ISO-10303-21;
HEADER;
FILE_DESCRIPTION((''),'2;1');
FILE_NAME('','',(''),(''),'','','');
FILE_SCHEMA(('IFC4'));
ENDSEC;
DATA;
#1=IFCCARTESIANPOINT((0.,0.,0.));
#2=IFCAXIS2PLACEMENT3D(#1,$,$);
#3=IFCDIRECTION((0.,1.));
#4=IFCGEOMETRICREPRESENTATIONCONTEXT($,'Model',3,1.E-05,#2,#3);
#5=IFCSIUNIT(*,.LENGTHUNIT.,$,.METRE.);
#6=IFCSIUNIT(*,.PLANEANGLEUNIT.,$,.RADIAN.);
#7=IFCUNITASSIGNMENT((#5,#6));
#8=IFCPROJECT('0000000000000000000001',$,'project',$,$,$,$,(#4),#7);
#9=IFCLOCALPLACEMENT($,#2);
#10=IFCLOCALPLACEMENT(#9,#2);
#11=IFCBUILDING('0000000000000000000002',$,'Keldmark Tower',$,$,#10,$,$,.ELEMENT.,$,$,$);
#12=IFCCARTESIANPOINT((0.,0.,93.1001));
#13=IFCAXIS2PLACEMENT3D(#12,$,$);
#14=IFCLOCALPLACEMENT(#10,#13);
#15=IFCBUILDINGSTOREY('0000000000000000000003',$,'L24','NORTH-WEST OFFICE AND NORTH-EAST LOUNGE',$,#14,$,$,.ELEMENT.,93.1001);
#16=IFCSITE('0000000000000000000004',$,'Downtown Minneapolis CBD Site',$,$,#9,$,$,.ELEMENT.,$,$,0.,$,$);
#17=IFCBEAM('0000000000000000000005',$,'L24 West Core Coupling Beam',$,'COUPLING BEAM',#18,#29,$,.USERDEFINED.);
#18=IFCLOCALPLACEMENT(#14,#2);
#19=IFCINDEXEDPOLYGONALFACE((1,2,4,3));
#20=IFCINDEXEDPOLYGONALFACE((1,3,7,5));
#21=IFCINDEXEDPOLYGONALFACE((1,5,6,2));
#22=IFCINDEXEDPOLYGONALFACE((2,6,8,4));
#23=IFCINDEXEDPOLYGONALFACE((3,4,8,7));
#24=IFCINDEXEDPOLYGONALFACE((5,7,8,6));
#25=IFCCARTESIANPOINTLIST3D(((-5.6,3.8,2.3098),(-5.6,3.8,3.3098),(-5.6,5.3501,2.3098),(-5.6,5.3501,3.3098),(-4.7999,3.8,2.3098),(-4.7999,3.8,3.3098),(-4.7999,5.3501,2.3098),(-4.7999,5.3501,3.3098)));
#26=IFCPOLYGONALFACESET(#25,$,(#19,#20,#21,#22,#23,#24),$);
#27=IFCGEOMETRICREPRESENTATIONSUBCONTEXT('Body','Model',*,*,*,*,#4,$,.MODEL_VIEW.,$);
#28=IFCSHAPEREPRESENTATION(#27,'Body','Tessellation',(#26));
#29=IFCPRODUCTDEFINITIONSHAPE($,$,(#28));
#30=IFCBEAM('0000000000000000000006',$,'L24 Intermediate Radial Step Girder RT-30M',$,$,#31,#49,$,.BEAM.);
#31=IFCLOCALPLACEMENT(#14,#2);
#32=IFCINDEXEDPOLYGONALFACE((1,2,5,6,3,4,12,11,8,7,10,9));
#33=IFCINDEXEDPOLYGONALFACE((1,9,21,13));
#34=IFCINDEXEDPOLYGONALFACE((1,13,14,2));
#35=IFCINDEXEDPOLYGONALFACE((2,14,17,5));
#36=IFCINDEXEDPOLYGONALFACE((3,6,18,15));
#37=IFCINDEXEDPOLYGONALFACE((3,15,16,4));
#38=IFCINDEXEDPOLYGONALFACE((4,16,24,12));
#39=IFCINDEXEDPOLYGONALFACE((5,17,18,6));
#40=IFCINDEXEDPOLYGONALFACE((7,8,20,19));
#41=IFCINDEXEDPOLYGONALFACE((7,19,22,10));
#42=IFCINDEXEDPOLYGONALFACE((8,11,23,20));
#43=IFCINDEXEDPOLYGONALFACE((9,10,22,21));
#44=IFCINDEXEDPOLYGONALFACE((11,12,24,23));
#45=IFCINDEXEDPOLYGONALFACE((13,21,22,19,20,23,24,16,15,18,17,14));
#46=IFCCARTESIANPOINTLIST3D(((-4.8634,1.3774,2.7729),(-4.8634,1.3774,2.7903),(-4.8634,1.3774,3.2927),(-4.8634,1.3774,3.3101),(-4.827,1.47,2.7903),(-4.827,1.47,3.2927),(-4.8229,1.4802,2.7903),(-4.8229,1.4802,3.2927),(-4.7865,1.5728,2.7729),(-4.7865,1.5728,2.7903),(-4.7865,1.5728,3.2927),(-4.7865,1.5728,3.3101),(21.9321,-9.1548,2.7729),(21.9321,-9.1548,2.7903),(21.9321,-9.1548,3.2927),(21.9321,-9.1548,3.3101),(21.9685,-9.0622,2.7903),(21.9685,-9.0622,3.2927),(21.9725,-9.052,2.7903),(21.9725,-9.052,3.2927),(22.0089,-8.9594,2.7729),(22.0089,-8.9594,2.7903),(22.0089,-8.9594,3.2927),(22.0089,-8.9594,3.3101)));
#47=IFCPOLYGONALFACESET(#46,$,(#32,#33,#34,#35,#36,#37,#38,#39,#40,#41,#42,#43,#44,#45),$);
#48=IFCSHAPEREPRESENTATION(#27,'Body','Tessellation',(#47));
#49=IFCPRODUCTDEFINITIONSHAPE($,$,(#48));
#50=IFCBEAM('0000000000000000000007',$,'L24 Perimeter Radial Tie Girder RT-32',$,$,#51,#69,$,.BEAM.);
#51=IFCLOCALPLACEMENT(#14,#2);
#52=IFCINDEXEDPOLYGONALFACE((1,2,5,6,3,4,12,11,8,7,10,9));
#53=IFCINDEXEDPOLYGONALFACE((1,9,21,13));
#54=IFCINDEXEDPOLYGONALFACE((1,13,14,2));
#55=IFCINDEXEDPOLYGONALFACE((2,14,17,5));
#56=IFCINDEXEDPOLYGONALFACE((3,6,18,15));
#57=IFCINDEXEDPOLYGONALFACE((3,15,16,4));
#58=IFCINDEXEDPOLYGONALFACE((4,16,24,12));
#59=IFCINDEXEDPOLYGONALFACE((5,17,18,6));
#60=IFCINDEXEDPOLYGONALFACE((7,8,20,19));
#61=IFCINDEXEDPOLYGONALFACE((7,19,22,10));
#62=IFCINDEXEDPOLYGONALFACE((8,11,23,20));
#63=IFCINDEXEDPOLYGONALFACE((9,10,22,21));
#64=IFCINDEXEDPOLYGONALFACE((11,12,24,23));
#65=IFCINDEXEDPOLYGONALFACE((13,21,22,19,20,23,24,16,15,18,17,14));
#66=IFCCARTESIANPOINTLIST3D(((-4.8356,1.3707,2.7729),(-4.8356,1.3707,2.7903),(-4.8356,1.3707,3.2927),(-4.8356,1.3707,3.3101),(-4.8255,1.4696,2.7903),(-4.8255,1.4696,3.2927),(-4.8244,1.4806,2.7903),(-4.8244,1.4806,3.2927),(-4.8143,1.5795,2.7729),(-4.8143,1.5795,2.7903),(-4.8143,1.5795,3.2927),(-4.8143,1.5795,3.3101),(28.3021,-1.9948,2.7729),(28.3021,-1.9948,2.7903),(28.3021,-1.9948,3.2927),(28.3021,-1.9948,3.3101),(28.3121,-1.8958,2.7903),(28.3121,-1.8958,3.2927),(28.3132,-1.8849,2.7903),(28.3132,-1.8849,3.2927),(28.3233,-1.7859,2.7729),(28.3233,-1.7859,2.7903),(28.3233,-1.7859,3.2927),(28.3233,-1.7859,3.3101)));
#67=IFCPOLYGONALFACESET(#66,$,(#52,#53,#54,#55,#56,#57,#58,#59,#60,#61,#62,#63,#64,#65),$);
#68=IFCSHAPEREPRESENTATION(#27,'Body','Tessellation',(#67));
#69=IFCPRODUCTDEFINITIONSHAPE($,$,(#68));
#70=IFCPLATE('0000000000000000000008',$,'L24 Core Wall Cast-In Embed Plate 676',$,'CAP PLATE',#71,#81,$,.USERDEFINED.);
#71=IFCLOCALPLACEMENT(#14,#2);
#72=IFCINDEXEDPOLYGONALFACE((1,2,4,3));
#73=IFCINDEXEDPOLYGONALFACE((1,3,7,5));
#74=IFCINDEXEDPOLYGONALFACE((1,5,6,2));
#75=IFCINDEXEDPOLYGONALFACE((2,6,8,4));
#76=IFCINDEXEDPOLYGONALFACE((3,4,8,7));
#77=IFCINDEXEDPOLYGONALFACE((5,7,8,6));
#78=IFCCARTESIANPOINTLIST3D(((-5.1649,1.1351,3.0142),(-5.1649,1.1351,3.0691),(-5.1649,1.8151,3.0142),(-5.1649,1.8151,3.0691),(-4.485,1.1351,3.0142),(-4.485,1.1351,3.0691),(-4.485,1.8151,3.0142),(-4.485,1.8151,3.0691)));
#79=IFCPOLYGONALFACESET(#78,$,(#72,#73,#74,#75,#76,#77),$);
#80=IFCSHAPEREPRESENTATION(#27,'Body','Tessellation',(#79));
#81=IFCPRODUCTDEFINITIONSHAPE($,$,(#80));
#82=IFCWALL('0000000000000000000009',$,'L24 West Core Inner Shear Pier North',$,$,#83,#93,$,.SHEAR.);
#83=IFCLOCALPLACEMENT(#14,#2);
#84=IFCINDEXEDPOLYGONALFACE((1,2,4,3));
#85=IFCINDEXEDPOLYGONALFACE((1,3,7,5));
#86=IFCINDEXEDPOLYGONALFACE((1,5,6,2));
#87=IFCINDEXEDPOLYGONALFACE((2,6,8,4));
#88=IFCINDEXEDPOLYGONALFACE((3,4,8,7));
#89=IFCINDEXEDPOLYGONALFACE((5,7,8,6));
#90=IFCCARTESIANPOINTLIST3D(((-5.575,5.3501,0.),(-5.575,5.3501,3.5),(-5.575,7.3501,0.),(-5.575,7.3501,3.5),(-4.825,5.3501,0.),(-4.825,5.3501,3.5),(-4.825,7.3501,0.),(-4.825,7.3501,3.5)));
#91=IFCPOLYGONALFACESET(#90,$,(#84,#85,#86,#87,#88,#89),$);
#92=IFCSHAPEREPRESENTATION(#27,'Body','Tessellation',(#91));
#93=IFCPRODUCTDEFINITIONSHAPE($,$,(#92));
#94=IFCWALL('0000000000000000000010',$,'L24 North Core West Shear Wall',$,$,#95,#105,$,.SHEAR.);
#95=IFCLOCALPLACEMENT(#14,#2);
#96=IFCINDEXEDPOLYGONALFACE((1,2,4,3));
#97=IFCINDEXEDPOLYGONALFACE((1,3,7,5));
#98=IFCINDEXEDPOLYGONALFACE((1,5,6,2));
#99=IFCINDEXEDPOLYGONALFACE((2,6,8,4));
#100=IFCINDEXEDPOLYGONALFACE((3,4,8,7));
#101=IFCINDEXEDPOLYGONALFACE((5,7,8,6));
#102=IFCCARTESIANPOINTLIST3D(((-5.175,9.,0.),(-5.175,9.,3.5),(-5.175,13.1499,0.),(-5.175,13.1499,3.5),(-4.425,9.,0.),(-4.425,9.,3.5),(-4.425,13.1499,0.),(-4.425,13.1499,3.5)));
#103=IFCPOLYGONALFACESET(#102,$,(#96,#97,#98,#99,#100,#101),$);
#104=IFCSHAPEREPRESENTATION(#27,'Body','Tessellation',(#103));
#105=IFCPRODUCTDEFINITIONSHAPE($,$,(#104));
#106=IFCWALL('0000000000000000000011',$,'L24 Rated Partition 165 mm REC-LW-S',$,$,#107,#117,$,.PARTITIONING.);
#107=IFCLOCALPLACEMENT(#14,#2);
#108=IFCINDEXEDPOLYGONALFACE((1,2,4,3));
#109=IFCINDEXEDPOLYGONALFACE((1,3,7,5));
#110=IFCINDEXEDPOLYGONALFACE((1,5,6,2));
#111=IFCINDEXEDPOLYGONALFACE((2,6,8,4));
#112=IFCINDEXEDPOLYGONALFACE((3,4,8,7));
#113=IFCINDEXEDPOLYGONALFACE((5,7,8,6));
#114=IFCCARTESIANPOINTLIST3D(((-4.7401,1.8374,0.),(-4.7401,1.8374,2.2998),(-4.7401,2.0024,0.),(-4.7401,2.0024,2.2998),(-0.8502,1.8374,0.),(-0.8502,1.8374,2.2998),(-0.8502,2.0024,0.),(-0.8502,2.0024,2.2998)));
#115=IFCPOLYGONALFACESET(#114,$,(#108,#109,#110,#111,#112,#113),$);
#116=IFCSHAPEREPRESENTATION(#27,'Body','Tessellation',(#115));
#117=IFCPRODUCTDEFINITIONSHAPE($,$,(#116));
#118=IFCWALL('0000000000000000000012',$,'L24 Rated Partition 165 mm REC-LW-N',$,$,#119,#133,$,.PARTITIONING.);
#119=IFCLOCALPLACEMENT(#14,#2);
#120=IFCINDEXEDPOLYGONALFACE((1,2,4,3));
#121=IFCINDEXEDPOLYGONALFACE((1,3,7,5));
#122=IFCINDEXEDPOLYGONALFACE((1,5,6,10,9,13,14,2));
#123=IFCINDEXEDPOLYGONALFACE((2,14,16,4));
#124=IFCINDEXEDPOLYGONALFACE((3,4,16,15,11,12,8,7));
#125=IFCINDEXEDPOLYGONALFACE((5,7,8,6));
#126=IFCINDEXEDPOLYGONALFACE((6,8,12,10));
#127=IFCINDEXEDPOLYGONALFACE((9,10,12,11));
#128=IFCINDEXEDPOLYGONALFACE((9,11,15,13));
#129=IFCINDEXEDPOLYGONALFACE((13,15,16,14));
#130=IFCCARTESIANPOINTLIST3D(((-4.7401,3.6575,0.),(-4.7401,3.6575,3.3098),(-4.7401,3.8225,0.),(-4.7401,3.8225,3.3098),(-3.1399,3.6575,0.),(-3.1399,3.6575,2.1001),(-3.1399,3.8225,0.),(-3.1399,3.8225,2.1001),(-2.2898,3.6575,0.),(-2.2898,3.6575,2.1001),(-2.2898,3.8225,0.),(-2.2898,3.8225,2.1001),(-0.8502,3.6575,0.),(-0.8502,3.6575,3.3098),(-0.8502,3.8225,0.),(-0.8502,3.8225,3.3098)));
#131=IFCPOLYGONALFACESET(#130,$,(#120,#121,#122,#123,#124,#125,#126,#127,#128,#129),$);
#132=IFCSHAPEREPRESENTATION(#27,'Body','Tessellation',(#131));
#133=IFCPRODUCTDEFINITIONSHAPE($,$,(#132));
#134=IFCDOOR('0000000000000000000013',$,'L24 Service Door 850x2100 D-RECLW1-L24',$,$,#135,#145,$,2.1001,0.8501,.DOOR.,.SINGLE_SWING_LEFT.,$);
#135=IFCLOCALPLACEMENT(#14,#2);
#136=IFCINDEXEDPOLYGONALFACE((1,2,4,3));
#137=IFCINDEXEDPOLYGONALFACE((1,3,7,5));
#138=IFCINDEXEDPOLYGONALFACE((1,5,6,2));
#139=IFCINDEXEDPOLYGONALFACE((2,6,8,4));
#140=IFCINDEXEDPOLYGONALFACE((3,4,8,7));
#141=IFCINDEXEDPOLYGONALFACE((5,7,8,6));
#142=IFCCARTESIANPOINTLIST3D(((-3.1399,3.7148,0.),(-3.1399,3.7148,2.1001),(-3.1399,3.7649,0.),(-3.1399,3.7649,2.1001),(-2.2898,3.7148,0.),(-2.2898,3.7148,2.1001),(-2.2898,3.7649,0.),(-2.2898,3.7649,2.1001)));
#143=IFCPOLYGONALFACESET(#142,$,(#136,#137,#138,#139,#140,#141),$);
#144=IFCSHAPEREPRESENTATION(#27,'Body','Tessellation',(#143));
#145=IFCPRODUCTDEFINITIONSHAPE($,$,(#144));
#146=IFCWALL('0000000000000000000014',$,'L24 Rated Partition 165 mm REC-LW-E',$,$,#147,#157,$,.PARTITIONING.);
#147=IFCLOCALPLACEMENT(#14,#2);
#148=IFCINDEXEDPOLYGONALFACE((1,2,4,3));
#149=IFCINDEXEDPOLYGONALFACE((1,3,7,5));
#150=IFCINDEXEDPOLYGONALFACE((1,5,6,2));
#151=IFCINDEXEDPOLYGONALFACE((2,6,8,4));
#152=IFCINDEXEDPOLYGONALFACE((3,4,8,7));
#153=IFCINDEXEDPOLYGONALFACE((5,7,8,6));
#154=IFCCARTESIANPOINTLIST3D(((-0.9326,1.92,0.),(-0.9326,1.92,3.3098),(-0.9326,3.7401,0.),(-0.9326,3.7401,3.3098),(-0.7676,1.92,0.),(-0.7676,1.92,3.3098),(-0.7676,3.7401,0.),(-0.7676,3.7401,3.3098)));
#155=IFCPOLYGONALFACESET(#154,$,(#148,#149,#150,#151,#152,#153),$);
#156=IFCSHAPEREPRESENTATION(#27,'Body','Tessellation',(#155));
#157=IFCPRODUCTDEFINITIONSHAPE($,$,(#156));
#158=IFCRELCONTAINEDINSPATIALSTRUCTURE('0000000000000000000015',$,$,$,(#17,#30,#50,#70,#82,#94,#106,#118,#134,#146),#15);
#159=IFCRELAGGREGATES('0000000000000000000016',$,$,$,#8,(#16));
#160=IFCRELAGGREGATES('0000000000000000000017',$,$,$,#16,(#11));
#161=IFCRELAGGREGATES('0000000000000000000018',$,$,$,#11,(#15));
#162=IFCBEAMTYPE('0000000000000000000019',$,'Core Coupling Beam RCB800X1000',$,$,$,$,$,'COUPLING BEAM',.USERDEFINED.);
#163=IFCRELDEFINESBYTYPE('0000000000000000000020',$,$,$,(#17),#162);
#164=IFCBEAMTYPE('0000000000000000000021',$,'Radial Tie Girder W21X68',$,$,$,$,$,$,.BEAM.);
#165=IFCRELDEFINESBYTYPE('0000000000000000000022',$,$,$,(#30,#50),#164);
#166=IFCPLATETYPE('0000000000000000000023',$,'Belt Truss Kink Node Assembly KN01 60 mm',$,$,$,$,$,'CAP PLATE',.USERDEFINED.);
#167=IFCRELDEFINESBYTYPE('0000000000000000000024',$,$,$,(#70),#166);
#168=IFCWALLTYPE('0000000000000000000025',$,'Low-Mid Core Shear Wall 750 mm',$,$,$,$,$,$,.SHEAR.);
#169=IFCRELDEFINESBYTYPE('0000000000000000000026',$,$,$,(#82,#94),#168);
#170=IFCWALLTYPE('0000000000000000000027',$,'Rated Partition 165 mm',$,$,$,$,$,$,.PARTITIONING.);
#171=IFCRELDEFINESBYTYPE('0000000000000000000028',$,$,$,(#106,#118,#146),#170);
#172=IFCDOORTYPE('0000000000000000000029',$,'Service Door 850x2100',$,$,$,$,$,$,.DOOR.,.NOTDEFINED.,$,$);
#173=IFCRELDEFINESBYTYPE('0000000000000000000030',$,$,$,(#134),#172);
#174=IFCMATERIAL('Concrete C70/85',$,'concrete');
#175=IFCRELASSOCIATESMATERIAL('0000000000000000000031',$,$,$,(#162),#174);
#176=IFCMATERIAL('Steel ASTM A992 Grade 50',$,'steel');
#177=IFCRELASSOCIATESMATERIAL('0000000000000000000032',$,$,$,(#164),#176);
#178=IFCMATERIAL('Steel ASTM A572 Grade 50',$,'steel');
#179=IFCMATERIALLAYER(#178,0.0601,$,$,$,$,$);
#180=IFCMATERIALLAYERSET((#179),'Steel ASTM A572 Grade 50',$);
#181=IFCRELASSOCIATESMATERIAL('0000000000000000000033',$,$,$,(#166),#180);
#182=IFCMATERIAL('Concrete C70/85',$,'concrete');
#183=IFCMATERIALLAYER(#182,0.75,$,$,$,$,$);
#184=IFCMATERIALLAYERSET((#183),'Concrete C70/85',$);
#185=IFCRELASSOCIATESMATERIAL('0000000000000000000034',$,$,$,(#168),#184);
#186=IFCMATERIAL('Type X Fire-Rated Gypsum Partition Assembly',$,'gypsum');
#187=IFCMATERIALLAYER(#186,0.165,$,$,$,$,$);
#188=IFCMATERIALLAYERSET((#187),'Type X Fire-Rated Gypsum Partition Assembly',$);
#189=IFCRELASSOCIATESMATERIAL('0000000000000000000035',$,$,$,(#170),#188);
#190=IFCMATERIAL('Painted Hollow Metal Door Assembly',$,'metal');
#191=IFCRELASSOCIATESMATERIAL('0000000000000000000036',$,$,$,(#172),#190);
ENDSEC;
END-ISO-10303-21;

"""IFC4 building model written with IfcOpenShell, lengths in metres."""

from ifc_helpers import new_model, si_unit, direction, frame, frame_2d, origin, origin_2d, place, context, subcontext, project, spatial, rectangle, i_section, extrude, material, layer, layer_set, material_profile, profile_set, type_object, element, fill, save


model = new_model("IFC4")

# Units and contexts
model_context = context("Model", 3, precision=1e-05, world=origin(), true_north=direction((0.0, 1.0)))
body_context = subcontext(model_context, "Body", "Model", "MODEL_VIEW")
ifc_project = project(units=[si_unit("LENGTHUNIT", "METRE"), si_unit("PLANEANGLEUNIT", "RADIAN")], contexts=[model_context])

# Site, building, storey
site_placement = place(None, origin())
site = spatial("IfcSite", under=ifc_project, at=site_placement, Name="Downtown Minneapolis CBD Site", CompositionType="ELEMENT", RefElevation=0.0)
building_placement = place(site_placement, origin())
building = spatial("IfcBuilding", under=site, at=building_placement, Name="Keldmark Tower", CompositionType="ELEMENT")
storey_placement = place(building_placement, frame((0.0, 0.0, 93.1001)))
storey = spatial("IfcBuildingStorey", under=building, at=storey_placement, Name="L24", Description="NORTH-WEST OFFICE AND NORTH-EAST LOUNGE", CompositionType="ELEMENT", Elevation=93.1001)

# Beams
ifc_material_1 = material(Name="Concrete C70/85", Category="concrete")
ifc_material_profile_1 = material_profile(ifc_material_1, rectangle(XDim=0.8, YDim=1.0, at=origin_2d()), Name="RCB800X1000")
ifc_profile_set_1 = profile_set([ifc_material_profile_1], Name="Concrete C70/85")
beam_type_1 = type_object("IfcBeamType", Name="Core Coupling Beam RCB800X1000", ElementType="COUPLING BEAM", PredefinedType="USERDEFINED", material=ifc_profile_set_1)
beam_1_placement = place(storey_placement, frame((-5.2, 3.8, 2.8098), z_axis=(0.0, 1.0, 0.0), x_axis=(-1.0, 0.0, 0.0)))
element("IfcBeam", 1, at=beam_1_placement, inside=storey, type_object=beam_type_1, Name="L24 West Core Coupling Beam", ObjectType="COUPLING BEAM", PredefinedType="USERDEFINED", context=body_context, shape_type="SweptSolid", body=[
    extrude(rectangle(XDim=0.8, YDim=1.0, at=origin_2d()), origin(), (0.0, 0.0, 1.0), 1.55),
])
ifc_material_2 = material(Name="Steel ASTM A992 Grade 50", Category="steel")
ifc_material_profile_2 = material_profile(ifc_material_2, i_section(OverallWidth=0.21, OverallDepth=0.5371, WebThickness=0.011, FlangeThickness=0.0173, at=origin_2d()), Name="W21X68")
ifc_profile_set_2 = profile_set([ifc_material_profile_2], Name="Steel ASTM A992 Grade 50")
beam_type_2 = type_object("IfcBeamType", Name="Radial Tie Girder W21X68", PredefinedType="BEAM", material=ifc_profile_set_2)
beam_2_placement = place(storey_placement, frame((-4.825, 1.4751, 3.0415), z_axis=(0.930687, -0.365817, 0.0), x_axis=(0.365817, 0.930687, 0.0)))
element("IfcBeam", 2, at=beam_2_placement, inside=storey, type_object=beam_type_2, Name="L24 Intermediate Radial Step Girder RT-30M", PredefinedType="BEAM", context=body_context, shape_type="SweptSolid", body=[
    extrude(i_section(OverallWidth=0.21, OverallDepth=0.5371, WebThickness=0.011, FlangeThickness=0.0173, at=origin_2d()), origin(), (0.0, 0.0, 1.0), 28.791),
])
beam_3_placement = place(storey_placement, frame((-4.825, 1.4751, 3.0415), z_axis=(0.994882, -0.101041, 0.0), x_axis=(0.101041, 0.994882, 0.0)))
element("IfcBeam", 3, at=beam_3_placement, inside=storey, type_object=beam_type_2, Name="L24 Perimeter Radial Tie Girder RT-32", PredefinedType="BEAM", context=body_context, shape_type="SweptSolid", body=[
    extrude(i_section(OverallWidth=0.21, OverallDepth=0.5371, WebThickness=0.011, FlangeThickness=0.0173, at=origin_2d()), origin(), (0.0, 0.0, 1.0), 33.3081),
])

# Plate
ifc_material_3 = material(Name="Steel ASTM A572 Grade 50", Category="steel")
ifc_layer_1 = layer(ifc_material_3, 0.0601)
ifc_layer_set_1 = layer_set([ifc_layer_1], Name="Steel ASTM A572 Grade 50")
plate_type = type_object("IfcPlateType", Name="Belt Truss Kink Node Assembly KN01 60 mm", ElementType="CAP PLATE", PredefinedType="USERDEFINED", material=ifc_layer_set_1)
plate_placement = place(storey_placement, frame((-4.825, 1.4751, 3.0142), z_axis=(0.0, 0.0, 1.0), x_axis=(1.0, 0.0, 0.0)))
element("IfcPlate", 4, at=plate_placement, inside=storey, type_object=plate_type, Name="L24 Core Wall Cast-In Embed Plate 676", ObjectType="CAP PLATE", PredefinedType="USERDEFINED", context=body_context, shape_type="SweptSolid", body=[
    extrude(rectangle(XDim=0.6799, YDim=0.6799, at=origin_2d()), origin(), (0.0, 0.0, 1.0), 0.0549),
])

# Shared definitions
ifc_material_4 = material(Name="Concrete C70/85", Category="concrete")
ifc_layer_2 = layer(ifc_material_4, 0.75)
ifc_layer_set_2 = layer_set([ifc_layer_2], Name="Concrete C70/85")
wall_type_1 = type_object("IfcWallType", Name="Low-Mid Core Shear Wall 750 mm", PredefinedType="SHEAR", material=ifc_layer_set_2)

# Walls
wall_1_placement = place(storey_placement, frame((-5.2, 5.3501, 0.0), z_axis=(0.0, 0.0, 1.0), x_axis=(0.0, 1.0, 0.0)))
element("IfcWall", 5, at=wall_1_placement, inside=storey, type_object=wall_type_1, Name="L24 West Core Inner Shear Pier North", PredefinedType="SHEAR", context=body_context, shape_type="SweptSolid", body=[
    extrude(rectangle(XDim=2.0, YDim=0.75, at=frame_2d((1.0, 0.0))), origin(), (0.0, 0.0, 1.0), 3.5),
])
wall_2_placement = place(storey_placement, frame((-4.8, 9.0, 0.0), z_axis=(0.0, 0.0, 1.0), x_axis=(0.0, 1.0, 0.0)))
element("IfcWall", 6, at=wall_2_placement, inside=storey, type_object=wall_type_1, Name="L24 North Core West Shear Wall", PredefinedType="SHEAR", context=body_context, shape_type="SweptSolid", body=[
    extrude(rectangle(XDim=4.1499, YDim=0.75, at=frame_2d((2.075, 0.0))), origin(), (0.0, 0.0, 1.0), 3.5),
])
ifc_material_5 = material(Name="Type X Fire-Rated Gypsum Partition Assembly", Category="gypsum")
ifc_layer_3 = layer(ifc_material_5, 0.165)
ifc_layer_set_3 = layer_set([ifc_layer_3], Name="Type X Fire-Rated Gypsum Partition Assembly")
wall_type_2 = type_object("IfcWallType", Name="Rated Partition 165 mm", PredefinedType="PARTITIONING", material=ifc_layer_set_3)
wall_3_placement = place(storey_placement, frame((-4.74, 1.9199, 0.0), z_axis=(0.0, 0.0, 1.0), x_axis=(1.0, 0.0, 0.0)))
element("IfcWall", 7, at=wall_3_placement, inside=storey, type_object=wall_type_2, Name="L24 Rated Partition 165 mm REC-LW-S", PredefinedType="PARTITIONING", context=body_context, shape_type="SweptSolid", body=[
    extrude(rectangle(XDim=3.8899, YDim=0.165, at=frame_2d((1.9448, 0.0))), origin(), (0.0, 0.0, 1.0), 2.2998),
])

# Wall, opening, door
wall_4_placement = place(storey_placement, frame((-4.74, 3.74, 0.0), z_axis=(0.0, 0.0, 1.0), x_axis=(1.0, 0.0, 0.0)))
wall_4 = element("IfcWall", 8, at=wall_4_placement, inside=storey, type_object=wall_type_2, Name="L24 Rated Partition 165 mm REC-LW-N", PredefinedType="PARTITIONING", context=body_context, shape_type="SweptSolid", body=[
    extrude(rectangle(XDim=3.8899, YDim=0.165, at=frame_2d((1.9448, 0.0))), origin(), (0.0, 0.0, 1.0), 3.3098),
])
opening_1_placement = place(wall_4_placement, frame((1.6001, 0.0, 0.0)))
opening_1 = element("IfcOpeningElement", 9, at=opening_1_placement, cuts=wall_4, PredefinedType="OPENING", context=body_context, shape_type="SweptSolid", body=[
    extrude(rectangle(XDim=0.8501, YDim=2.1001, at=frame_2d((0.425, 1.05))), frame((0.0, 0.0925, 0.0), z_axis=(0.0, -1.0, 0.0), x_axis=(1.0, 0.0, 0.0)), (0.0, 0.0, 1.0), 0.1851),
])
ifc_material_6 = material(Name="Painted Hollow Metal Door Assembly", Category="metal")
door_type_1 = type_object("IfcDoorType", Name="Service Door 850x2100", OperationType="NOTDEFINED", PredefinedType="DOOR", material=ifc_material_6)
door_1_placement = place(opening_1_placement, origin())
door_1 = element("IfcDoor", 10, at=door_1_placement, inside=storey, type_object=door_type_1, Name="L24 Service Door 850x2100 D-RECLW1-L24", OperationType="SINGLE_SWING_LEFT", OverallHeight=2.1001, OverallWidth=0.8501, PredefinedType="DOOR", context=body_context, shape_type="SweptSolid", body=[
    extrude(rectangle(XDim=0.8501, YDim=2.1001, at=frame_2d((0.425, 1.05))), frame((0.0, 0.0249, 0.0), z_axis=(0.0, -1.0, 0.0), x_axis=(1.0, 0.0, 0.0)), (0.0, 0.0, 1.0), 0.05),
])
fill(opening_1, door_1)

# Wall
wall_5_placement = place(storey_placement, frame((-0.8501, 1.9199, 0.0), z_axis=(0.0, 0.0, 1.0), x_axis=(0.0, 1.0, 0.0)))
element("IfcWall", 11, at=wall_5_placement, inside=storey, type_object=wall_type_2, Name="L24 Rated Partition 165 mm REC-LW-E", PredefinedType="PARTITIONING", context=body_context, shape_type="SweptSolid", body=[
    extrude(rectangle(XDim=1.8201, YDim=0.165, at=frame_2d((0.9102, 0.0))), origin(), (0.0, 0.0, 1.0), 3.3098),
])

save(model, "model.ifc")
